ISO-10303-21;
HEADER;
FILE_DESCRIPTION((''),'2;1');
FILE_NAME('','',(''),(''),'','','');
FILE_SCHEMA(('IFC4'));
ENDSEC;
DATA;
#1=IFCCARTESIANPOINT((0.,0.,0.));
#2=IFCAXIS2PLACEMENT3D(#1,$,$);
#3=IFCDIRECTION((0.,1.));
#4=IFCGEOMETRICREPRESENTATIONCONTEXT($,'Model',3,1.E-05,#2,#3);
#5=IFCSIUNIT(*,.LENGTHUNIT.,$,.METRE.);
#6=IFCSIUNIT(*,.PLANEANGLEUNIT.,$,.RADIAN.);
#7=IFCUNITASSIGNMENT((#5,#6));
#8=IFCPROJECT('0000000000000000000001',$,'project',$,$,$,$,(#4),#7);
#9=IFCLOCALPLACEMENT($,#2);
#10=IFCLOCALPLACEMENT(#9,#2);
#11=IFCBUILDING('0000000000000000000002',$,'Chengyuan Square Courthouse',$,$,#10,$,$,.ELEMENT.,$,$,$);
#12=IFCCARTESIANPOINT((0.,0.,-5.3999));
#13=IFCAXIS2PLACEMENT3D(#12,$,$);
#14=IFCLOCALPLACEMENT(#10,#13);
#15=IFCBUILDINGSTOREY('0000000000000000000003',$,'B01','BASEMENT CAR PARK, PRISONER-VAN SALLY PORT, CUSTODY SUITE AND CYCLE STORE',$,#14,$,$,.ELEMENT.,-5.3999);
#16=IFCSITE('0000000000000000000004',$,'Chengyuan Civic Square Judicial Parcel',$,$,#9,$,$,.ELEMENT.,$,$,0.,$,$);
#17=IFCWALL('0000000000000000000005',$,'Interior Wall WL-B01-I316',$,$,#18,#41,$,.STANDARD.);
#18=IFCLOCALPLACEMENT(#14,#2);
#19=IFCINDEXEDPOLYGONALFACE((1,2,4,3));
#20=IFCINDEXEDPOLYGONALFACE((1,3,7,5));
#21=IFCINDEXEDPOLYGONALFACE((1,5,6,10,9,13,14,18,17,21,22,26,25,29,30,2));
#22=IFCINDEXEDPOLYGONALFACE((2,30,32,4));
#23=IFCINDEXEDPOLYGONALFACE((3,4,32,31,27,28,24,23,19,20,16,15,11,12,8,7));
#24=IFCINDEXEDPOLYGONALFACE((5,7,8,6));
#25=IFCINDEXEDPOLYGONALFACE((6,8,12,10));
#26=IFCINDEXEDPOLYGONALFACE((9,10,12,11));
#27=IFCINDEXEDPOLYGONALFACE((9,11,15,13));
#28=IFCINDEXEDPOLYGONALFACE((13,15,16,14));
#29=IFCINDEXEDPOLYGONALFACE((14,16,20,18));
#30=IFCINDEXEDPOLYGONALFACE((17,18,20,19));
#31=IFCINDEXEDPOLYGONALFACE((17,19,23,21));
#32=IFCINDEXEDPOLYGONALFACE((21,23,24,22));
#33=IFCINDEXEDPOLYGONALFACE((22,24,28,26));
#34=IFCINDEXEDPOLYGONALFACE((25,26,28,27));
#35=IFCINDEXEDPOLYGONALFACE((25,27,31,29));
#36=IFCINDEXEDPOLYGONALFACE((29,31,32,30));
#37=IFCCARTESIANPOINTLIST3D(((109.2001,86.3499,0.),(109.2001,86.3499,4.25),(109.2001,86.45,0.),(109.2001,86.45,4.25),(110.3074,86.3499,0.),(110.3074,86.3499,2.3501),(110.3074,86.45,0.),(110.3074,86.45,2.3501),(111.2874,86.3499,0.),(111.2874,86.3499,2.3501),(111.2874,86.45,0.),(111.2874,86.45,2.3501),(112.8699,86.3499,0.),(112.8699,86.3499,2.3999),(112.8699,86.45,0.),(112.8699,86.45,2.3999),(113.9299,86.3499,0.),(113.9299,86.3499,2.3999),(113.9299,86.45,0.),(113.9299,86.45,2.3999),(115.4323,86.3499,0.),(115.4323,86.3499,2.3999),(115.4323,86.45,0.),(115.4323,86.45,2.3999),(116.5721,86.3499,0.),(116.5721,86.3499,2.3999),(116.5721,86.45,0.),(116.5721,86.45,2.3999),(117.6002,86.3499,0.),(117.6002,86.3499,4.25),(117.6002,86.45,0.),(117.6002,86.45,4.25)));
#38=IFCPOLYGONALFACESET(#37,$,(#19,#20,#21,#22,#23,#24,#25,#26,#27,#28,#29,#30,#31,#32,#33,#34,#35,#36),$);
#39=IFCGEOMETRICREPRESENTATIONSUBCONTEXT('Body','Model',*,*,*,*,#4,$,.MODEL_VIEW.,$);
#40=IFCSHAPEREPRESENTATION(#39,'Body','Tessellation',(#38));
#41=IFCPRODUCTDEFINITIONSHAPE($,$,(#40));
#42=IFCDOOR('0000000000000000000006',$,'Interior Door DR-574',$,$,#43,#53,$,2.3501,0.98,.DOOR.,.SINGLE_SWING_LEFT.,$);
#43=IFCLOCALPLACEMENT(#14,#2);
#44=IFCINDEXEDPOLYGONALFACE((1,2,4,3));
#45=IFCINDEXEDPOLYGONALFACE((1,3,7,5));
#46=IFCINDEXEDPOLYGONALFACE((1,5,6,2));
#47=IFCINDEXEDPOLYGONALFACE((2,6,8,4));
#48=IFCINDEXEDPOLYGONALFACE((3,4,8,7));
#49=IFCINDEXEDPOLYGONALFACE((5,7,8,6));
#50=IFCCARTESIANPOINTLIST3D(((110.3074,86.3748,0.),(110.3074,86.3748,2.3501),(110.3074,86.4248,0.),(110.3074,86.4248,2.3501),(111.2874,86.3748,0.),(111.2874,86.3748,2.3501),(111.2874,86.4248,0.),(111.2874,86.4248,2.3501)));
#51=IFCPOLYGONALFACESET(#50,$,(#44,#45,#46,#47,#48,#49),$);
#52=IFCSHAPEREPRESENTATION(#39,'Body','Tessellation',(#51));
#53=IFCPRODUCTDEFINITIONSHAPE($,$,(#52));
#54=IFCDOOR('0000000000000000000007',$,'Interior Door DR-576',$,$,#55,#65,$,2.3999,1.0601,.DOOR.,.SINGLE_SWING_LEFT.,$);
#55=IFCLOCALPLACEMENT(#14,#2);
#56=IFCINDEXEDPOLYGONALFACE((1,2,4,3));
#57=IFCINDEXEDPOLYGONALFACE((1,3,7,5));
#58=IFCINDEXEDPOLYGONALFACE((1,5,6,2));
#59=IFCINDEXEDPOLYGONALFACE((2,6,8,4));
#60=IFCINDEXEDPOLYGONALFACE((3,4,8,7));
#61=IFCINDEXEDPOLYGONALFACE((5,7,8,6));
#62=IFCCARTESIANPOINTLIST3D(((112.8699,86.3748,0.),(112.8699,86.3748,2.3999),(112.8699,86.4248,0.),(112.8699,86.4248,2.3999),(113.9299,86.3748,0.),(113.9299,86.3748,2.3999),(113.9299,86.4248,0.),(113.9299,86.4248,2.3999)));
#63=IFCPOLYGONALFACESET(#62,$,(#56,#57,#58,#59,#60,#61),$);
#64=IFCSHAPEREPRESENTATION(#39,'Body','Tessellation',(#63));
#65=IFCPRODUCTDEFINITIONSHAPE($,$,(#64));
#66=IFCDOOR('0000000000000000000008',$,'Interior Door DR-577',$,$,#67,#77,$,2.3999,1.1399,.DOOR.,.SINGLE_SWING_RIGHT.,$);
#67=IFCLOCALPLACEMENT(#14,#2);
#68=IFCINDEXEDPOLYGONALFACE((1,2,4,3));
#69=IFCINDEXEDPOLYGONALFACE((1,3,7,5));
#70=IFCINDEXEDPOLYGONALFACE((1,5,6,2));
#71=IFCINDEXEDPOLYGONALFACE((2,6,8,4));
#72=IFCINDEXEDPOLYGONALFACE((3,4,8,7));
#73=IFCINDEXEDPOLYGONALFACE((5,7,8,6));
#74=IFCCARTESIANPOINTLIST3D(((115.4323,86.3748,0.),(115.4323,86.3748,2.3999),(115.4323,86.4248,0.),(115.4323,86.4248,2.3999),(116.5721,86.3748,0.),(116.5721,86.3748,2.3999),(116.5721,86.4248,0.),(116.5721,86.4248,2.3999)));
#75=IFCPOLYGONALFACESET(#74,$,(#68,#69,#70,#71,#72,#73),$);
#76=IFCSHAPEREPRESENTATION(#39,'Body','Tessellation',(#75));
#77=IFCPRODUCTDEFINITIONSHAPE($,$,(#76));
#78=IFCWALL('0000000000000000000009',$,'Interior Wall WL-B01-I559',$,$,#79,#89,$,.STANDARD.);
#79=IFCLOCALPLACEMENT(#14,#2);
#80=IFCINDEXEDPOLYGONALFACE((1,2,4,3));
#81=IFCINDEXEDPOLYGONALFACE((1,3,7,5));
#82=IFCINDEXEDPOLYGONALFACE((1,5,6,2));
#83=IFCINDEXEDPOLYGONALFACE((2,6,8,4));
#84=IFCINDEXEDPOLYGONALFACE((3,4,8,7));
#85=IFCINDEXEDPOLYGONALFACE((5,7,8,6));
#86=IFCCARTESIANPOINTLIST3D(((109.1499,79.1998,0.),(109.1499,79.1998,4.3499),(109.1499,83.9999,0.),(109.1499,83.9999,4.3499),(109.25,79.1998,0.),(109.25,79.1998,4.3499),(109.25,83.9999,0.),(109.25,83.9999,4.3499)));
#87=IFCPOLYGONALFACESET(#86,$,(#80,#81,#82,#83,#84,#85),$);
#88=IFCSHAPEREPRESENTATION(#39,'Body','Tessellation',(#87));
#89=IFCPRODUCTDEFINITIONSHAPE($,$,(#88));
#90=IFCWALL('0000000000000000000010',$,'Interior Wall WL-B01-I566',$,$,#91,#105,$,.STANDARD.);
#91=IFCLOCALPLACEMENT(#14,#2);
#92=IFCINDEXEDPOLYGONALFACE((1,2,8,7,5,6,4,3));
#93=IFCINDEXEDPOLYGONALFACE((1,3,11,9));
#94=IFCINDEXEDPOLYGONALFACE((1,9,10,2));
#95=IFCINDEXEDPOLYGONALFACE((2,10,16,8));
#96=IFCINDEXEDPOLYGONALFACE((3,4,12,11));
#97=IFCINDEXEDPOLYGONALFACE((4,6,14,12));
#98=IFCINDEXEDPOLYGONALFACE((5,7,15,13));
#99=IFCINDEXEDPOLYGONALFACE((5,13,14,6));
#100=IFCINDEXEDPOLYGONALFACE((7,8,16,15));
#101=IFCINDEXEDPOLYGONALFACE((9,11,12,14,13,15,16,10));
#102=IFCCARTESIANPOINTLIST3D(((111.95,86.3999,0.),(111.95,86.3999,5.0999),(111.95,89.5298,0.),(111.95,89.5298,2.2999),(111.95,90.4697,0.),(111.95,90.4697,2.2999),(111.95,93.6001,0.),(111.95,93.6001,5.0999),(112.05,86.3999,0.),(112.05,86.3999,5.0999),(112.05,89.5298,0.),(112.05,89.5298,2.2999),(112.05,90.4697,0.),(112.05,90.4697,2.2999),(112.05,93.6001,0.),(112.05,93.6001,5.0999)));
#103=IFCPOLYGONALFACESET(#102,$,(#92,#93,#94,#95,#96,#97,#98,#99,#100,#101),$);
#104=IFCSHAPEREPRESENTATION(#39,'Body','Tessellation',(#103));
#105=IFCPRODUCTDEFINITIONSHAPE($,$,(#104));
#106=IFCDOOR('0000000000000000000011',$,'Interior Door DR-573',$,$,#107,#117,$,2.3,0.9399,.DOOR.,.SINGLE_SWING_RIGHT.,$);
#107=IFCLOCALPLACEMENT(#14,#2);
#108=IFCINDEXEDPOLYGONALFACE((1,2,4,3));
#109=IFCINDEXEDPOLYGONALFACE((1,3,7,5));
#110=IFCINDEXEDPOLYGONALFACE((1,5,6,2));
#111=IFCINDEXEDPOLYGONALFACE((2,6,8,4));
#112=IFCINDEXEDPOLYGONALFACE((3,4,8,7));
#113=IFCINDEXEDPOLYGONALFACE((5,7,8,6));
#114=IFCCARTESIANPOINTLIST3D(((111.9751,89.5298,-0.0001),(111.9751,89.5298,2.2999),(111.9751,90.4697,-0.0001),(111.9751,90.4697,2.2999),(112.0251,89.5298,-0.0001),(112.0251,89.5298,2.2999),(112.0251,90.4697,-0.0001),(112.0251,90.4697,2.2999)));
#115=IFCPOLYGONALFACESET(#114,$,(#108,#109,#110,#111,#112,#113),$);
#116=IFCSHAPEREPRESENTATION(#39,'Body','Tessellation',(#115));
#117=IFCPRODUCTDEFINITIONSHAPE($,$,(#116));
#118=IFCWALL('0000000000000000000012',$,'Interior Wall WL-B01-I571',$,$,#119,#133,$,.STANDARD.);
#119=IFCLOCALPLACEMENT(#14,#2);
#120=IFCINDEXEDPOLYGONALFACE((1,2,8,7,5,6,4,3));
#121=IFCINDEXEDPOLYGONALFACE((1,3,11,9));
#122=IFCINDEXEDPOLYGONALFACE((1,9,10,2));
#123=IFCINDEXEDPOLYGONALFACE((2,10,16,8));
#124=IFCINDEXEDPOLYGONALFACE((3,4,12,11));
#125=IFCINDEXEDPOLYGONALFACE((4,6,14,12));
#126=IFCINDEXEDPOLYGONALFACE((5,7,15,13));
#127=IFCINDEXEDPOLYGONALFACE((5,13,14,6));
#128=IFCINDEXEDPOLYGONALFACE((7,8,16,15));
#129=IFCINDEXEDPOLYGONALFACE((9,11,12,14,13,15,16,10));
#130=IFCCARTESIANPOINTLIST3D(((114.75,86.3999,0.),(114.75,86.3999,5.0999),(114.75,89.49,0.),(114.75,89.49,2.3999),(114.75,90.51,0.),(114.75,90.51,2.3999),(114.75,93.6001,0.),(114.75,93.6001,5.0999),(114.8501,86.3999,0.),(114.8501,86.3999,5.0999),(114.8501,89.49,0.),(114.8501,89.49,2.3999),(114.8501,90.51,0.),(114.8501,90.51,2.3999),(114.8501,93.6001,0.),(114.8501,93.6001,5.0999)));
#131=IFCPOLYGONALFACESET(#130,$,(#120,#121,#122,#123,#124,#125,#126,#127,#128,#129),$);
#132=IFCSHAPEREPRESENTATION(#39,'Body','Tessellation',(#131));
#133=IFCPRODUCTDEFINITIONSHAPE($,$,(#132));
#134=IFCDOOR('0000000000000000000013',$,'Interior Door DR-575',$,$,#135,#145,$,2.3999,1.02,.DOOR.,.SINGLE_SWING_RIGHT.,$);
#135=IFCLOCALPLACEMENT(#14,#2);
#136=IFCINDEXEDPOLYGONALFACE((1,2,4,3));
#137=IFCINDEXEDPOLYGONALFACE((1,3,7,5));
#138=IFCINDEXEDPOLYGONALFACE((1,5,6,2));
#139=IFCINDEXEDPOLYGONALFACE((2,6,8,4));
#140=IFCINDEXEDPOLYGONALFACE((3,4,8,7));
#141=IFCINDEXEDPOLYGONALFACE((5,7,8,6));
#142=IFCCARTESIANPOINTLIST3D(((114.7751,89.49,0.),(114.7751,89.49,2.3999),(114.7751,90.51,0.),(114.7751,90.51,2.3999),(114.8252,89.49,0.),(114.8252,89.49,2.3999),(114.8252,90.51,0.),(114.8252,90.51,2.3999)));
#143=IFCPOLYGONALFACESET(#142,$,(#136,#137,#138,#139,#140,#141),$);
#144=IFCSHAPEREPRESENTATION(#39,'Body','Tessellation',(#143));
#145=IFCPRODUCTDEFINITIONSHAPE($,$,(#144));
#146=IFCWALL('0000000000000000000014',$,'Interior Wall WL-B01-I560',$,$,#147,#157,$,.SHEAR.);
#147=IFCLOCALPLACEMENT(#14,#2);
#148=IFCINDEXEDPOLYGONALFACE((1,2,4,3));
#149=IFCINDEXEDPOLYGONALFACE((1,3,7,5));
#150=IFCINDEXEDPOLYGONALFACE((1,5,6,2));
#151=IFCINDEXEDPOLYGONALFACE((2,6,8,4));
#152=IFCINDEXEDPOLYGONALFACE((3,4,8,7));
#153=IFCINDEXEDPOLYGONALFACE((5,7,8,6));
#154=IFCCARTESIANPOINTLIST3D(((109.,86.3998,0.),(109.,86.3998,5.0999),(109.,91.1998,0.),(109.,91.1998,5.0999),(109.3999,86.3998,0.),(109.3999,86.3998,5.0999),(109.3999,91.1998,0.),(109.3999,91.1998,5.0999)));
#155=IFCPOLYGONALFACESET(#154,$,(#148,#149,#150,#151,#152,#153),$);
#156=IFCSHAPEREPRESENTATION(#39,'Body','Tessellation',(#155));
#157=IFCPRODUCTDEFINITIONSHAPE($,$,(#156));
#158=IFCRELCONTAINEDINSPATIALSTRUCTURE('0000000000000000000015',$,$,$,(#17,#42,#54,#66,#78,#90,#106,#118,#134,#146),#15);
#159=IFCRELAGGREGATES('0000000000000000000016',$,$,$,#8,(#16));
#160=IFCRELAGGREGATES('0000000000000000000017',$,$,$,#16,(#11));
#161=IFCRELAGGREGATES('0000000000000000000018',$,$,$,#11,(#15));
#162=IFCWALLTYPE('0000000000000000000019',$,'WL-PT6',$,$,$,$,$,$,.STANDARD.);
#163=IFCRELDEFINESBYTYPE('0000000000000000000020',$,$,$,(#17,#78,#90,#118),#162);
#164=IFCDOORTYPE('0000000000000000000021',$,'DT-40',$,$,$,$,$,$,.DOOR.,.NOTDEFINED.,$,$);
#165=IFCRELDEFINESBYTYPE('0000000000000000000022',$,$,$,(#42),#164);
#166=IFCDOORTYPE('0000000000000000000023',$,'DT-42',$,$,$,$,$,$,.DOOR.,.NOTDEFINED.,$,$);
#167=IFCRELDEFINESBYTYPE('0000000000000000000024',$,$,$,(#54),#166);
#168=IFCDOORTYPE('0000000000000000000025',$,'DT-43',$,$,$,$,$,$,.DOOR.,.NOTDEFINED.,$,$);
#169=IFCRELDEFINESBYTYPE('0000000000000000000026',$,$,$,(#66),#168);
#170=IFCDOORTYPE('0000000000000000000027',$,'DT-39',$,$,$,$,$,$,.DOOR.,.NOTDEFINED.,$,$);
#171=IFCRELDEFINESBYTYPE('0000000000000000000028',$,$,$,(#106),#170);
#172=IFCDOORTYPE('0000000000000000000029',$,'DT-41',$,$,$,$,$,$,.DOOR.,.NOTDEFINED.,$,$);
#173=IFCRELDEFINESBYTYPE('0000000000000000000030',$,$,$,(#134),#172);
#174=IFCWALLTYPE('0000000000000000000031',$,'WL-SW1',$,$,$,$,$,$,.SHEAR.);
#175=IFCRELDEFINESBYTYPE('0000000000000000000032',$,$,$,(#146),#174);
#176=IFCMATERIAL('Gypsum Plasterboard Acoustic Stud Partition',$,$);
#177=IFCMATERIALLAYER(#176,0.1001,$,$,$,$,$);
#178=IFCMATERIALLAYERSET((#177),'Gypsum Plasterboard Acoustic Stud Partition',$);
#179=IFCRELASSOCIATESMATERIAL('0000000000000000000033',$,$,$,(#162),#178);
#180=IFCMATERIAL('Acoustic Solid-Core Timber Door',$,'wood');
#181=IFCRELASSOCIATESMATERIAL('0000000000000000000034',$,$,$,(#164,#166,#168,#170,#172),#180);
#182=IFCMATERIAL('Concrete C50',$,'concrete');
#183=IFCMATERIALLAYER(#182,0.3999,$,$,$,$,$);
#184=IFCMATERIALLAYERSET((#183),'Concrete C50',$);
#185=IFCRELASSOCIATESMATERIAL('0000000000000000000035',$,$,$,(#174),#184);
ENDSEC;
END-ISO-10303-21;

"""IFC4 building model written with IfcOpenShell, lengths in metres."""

from ifc_helpers import new_model, si_unit, direction, frame, frame_2d, origin, place, context, subcontext, project, spatial, rectangle, extrude, material, layer, layer_set, type_object, element, fill, save


model = new_model("IFC4")

# Units and contexts
model_context = context("Model", 3, precision=1e-05, world=origin(), true_north=direction((0.0, 1.0)))
body_context = subcontext(model_context, "Body", "Model", "MODEL_VIEW")
ifc_project = project(units=[si_unit("LENGTHUNIT", "METRE"), si_unit("PLANEANGLEUNIT", "RADIAN")], contexts=[model_context])

# Site, building, storey
site_placement = place(None, origin())
site = spatial("IfcSite", under=ifc_project, at=site_placement, Name="Chengyuan Civic Square Judicial Parcel", CompositionType="ELEMENT", RefElevation=0.0)
building_placement = place(site_placement, origin())
building = spatial("IfcBuilding", under=site, at=building_placement, Name="Chengyuan Square Courthouse", CompositionType="ELEMENT")
storey_placement = place(building_placement, frame((0.0, 0.0, -5.3999)))
storey = spatial("IfcBuildingStorey", under=building, at=storey_placement, Name="B01", Description="BASEMENT CAR PARK, PRISONER-VAN SALLY PORT, CUSTODY SUITE AND CYCLE STORE", CompositionType="ELEMENT", Elevation=-5.3999)

# Shared definitions
ifc_material_1 = material(Name="Concrete C50", Category="concrete")

# Wall, openings, doors
ifc_material_2 = material(Name="Gypsum Plasterboard Acoustic Stud Partition")
ifc_layer_1 = layer(ifc_material_2, 0.1001)
ifc_layer_set_1 = layer_set([ifc_layer_1], Name="Gypsum Plasterboard Acoustic Stud Partition")
wall_type_1 = type_object("IfcWallType", Name="WL-PT6", PredefinedType="STANDARD", material=ifc_layer_set_1)
wall_1_placement = place(storey_placement, frame((109.2, 86.3999, 0.0), z_axis=(0.0, 0.0, 1.0), x_axis=(1.0, 0.0, 0.0)))
wall_1 = element("IfcWall", 1, at=wall_1_placement, inside=storey, type_object=wall_type_1, Name="Interior Wall WL-B01-I316", PredefinedType="STANDARD", context=body_context, shape_type="SweptSolid", body=[
    extrude(rectangle(XDim=8.4001, YDim=0.1001, at=frame_2d((4.2002, 0.0))), origin(), (0.0, 0.0, 1.0), 4.25),
])
opening_1_placement = place(wall_1_placement, frame((1.1074, 0.0, 0.0)))
opening_1 = element("IfcOpeningElement", 2, at=opening_1_placement, cuts=wall_1, PredefinedType="OPENING", context=body_context, shape_type="SweptSolid", body=[
    extrude(rectangle(XDim=0.98, YDim=2.3501, at=frame_2d((0.49, 1.175))), frame((0.0, 0.062, 0.0), z_axis=(0.0, -1.0, 0.0), x_axis=(1.0, 0.0, 0.0)), (0.0, 0.0, 1.0), 0.124),
])
opening_2_placement = place(wall_1_placement, frame((3.6699, 0.0, 0.0)))
opening_2 = element("IfcOpeningElement", 3, at=opening_2_placement, cuts=wall_1, PredefinedType="OPENING", context=body_context, shape_type="SweptSolid", body=[
    extrude(rectangle(XDim=1.0601, YDim=2.3999, at=frame_2d((0.53, 1.2))), frame((0.0, 0.062, 0.0), z_axis=(0.0, -1.0, 0.0), x_axis=(1.0, 0.0, 0.0)), (0.0, 0.0, 1.0), 0.124),
])
opening_3_placement = place(wall_1_placement, frame((6.2324, 0.0, 0.0)))
opening_3 = element("IfcOpeningElement", 4, at=opening_3_placement, cuts=wall_1, PredefinedType="OPENING", context=body_context, shape_type="SweptSolid", body=[
    extrude(rectangle(XDim=1.1399, YDim=2.3999, at=frame_2d((0.5698, 1.2))), frame((0.0, 0.062, 0.0), z_axis=(0.0, -1.0, 0.0), x_axis=(1.0, 0.0, 0.0)), (0.0, 0.0, 1.0), 0.124),
])
ifc_material_3 = material(Name="Acoustic Solid-Core Timber Door", Category="wood")
door_type_1 = type_object("IfcDoorType", Name="DT-40", OperationType="NOTDEFINED", PredefinedType="DOOR", material=ifc_material_3)
door_1_placement = place(opening_1_placement, origin())
door_1 = element("IfcDoor", 5, at=door_1_placement, inside=storey, type_object=door_type_1, Name="Interior Door DR-574", OperationType="SINGLE_SWING_LEFT", OverallHeight=2.3501, OverallWidth=0.98, PredefinedType="DOOR", context=body_context, shape_type="SweptSolid", body=[
    extrude(rectangle(XDim=0.98, YDim=2.3501, at=frame_2d((0.49, 1.175))), frame((0.0, 0.0249, 0.0), z_axis=(0.0, -1.0, 0.0), x_axis=(1.0, 0.0, 0.0)), (0.0, 0.0, 1.0), 0.05),
])
fill(opening_1, door_1)
door_type_2 = type_object("IfcDoorType", Name="DT-42", OperationType="NOTDEFINED", PredefinedType="DOOR", material=ifc_material_3)
door_2_placement = place(opening_2_placement, origin())
door_2 = element("IfcDoor", 6, at=door_2_placement, inside=storey, type_object=door_type_2, Name="Interior Door DR-576", OperationType="SINGLE_SWING_LEFT", OverallHeight=2.3999, OverallWidth=1.0601, PredefinedType="DOOR", context=body_context, shape_type="SweptSolid", body=[
    extrude(rectangle(XDim=1.0601, YDim=2.3999, at=frame_2d((0.53, 1.2))), frame((0.0, 0.0249, 0.0), z_axis=(0.0, -1.0, 0.0), x_axis=(1.0, 0.0, 0.0)), (0.0, 0.0, 1.0), 0.05),
])
fill(opening_2, door_2)
door_type_3 = type_object("IfcDoorType", Name="DT-43", OperationType="NOTDEFINED", PredefinedType="DOOR", material=ifc_material_3)
door_3_placement = place(opening_3_placement, origin())
door_3 = element("IfcDoor", 7, at=door_3_placement, inside=storey, type_object=door_type_3, Name="Interior Door DR-577", OperationType="SINGLE_SWING_RIGHT", OverallHeight=2.3999, OverallWidth=1.1399, PredefinedType="DOOR", context=body_context, shape_type="SweptSolid", body=[
    extrude(rectangle(XDim=1.1399, YDim=2.3999, at=frame_2d((0.5698, 1.2))), frame((0.0, 0.0249, 0.0), z_axis=(0.0, -1.0, 0.0), x_axis=(1.0, 0.0, 0.0)), (0.0, 0.0, 1.0), 0.05),
])
fill(opening_3, door_3)

# Wall
wall_2_placement = place(storey_placement, frame((109.2, 79.2, 0.0), z_axis=(0.0, 0.0, 1.0), x_axis=(0.0, 1.0, 0.0)))
element("IfcWall", 8, at=wall_2_placement, inside=storey, type_object=wall_type_1, Name="Interior Wall WL-B01-I559", PredefinedType="STANDARD", context=body_context, shape_type="SweptSolid", body=[
    extrude(rectangle(XDim=4.8, YDim=0.1001, at=frame_2d((2.3999, 0.0))), origin(), (0.0, 0.0, 1.0), 4.3499),
])

# Walls, openings, doors
wall_3_placement = place(storey_placement, frame((112.0, 86.3999, 0.0), z_axis=(0.0, 0.0, 1.0), x_axis=(0.0, 1.0, 0.0)))
wall_3 = element("IfcWall", 9, at=wall_3_placement, inside=storey, type_object=wall_type_1, Name="Interior Wall WL-B01-I566", PredefinedType="STANDARD", context=body_context, shape_type="SweptSolid", body=[
    extrude(rectangle(XDim=7.2002, YDim=0.1001, at=frame_2d((3.6001, 0.0))), origin(), (0.0, 0.0, 1.0), 5.0999),
])
opening_4_placement = place(wall_3_placement, frame((3.1299, 0.0, 0.0)))
opening_4 = element("IfcOpeningElement", 10, at=opening_4_placement, cuts=wall_3, PredefinedType="OPENING", context=body_context, shape_type="SweptSolid", body=[
    extrude(rectangle(XDim=0.9399, YDim=2.3, at=frame_2d((0.47, 1.1499))), frame((0.0, 0.062, 0.0), z_axis=(0.0, -1.0, 0.0), x_axis=(1.0, 0.0, 0.0)), (0.0, 0.0, 1.0), 0.124),
])
door_type_4 = type_object("IfcDoorType", Name="DT-39", OperationType="NOTDEFINED", PredefinedType="DOOR", material=ifc_material_3)
door_4_placement = place(opening_4_placement, origin())
door_4 = element("IfcDoor", 11, at=door_4_placement, inside=storey, type_object=door_type_4, Name="Interior Door DR-573", OperationType="SINGLE_SWING_RIGHT", OverallHeight=2.3, OverallWidth=0.9399, PredefinedType="DOOR", context=body_context, shape_type="SweptSolid", body=[
    extrude(rectangle(XDim=0.9399, YDim=2.3, at=frame_2d((0.47, 1.1499))), frame((0.0, 0.0249, 0.0), z_axis=(0.0, -1.0, 0.0), x_axis=(1.0, 0.0, 0.0)), (0.0, 0.0, 1.0), 0.05),
])
fill(opening_4, door_4)
wall_4_placement = place(storey_placement, frame((114.8, 86.3999, 0.0), z_axis=(0.0, 0.0, 1.0), x_axis=(0.0, 1.0, 0.0)))
wall_4 = element("IfcWall", 12, at=wall_4_placement, inside=storey, type_object=wall_type_1, Name="Interior Wall WL-B01-I571", PredefinedType="STANDARD", context=body_context, shape_type="SweptSolid", body=[
    extrude(rectangle(XDim=7.2002, YDim=0.1001, at=frame_2d((3.6001, 0.0))), origin(), (0.0, 0.0, 1.0), 5.0999),
])
opening_5_placement = place(wall_4_placement, frame((3.0901, 0.0, 0.0)))
opening_5 = element("IfcOpeningElement", 13, at=opening_5_placement, cuts=wall_4, PredefinedType="OPENING", context=body_context, shape_type="SweptSolid", body=[
    extrude(rectangle(XDim=1.02, YDim=2.3999, at=frame_2d((0.51, 1.2))), frame((0.0, 0.062, 0.0), z_axis=(0.0, -1.0, 0.0), x_axis=(1.0, 0.0, 0.0)), (0.0, 0.0, 1.0), 0.124),
])
door_type_5 = type_object("IfcDoorType", Name="DT-41", OperationType="NOTDEFINED", PredefinedType="DOOR", material=ifc_material_3)
door_5_placement = place(opening_5_placement, origin())
door_5 = element("IfcDoor", 14, at=door_5_placement, inside=storey, type_object=door_type_5, Name="Interior Door DR-575", OperationType="SINGLE_SWING_RIGHT", OverallHeight=2.3999, OverallWidth=1.02, PredefinedType="DOOR", context=body_context, shape_type="SweptSolid", body=[
    extrude(rectangle(XDim=1.02, YDim=2.3999, at=frame_2d((0.51, 1.2))), frame((0.0, 0.0249, 0.0), z_axis=(0.0, -1.0, 0.0), x_axis=(1.0, 0.0, 0.0)), (0.0, 0.0, 1.0), 0.05),
])
fill(opening_5, door_5)

# Wall
ifc_layer_2 = layer(ifc_material_1, 0.3999)
ifc_layer_set_2 = layer_set([ifc_layer_2], Name="Concrete C50")
wall_type_2 = type_object("IfcWallType", Name="WL-SW1", PredefinedType="SHEAR", material=ifc_layer_set_2)
wall_5_placement = place(storey_placement, frame((109.2, 86.3999, 0.0), z_axis=(0.0, 0.0, 1.0), x_axis=(0.0, 1.0, 0.0)))
element("IfcWall", 15, at=wall_5_placement, inside=storey, type_object=wall_type_2, Name="Interior Wall WL-B01-I560", PredefinedType="SHEAR", context=body_context, shape_type="SweptSolid", body=[
    extrude(rectangle(XDim=4.8, YDim=0.3999, at=frame_2d((2.3999, 0.0))), origin(), (0.0, 0.0, 1.0), 5.0999),
])

save(model, "model.ifc")
